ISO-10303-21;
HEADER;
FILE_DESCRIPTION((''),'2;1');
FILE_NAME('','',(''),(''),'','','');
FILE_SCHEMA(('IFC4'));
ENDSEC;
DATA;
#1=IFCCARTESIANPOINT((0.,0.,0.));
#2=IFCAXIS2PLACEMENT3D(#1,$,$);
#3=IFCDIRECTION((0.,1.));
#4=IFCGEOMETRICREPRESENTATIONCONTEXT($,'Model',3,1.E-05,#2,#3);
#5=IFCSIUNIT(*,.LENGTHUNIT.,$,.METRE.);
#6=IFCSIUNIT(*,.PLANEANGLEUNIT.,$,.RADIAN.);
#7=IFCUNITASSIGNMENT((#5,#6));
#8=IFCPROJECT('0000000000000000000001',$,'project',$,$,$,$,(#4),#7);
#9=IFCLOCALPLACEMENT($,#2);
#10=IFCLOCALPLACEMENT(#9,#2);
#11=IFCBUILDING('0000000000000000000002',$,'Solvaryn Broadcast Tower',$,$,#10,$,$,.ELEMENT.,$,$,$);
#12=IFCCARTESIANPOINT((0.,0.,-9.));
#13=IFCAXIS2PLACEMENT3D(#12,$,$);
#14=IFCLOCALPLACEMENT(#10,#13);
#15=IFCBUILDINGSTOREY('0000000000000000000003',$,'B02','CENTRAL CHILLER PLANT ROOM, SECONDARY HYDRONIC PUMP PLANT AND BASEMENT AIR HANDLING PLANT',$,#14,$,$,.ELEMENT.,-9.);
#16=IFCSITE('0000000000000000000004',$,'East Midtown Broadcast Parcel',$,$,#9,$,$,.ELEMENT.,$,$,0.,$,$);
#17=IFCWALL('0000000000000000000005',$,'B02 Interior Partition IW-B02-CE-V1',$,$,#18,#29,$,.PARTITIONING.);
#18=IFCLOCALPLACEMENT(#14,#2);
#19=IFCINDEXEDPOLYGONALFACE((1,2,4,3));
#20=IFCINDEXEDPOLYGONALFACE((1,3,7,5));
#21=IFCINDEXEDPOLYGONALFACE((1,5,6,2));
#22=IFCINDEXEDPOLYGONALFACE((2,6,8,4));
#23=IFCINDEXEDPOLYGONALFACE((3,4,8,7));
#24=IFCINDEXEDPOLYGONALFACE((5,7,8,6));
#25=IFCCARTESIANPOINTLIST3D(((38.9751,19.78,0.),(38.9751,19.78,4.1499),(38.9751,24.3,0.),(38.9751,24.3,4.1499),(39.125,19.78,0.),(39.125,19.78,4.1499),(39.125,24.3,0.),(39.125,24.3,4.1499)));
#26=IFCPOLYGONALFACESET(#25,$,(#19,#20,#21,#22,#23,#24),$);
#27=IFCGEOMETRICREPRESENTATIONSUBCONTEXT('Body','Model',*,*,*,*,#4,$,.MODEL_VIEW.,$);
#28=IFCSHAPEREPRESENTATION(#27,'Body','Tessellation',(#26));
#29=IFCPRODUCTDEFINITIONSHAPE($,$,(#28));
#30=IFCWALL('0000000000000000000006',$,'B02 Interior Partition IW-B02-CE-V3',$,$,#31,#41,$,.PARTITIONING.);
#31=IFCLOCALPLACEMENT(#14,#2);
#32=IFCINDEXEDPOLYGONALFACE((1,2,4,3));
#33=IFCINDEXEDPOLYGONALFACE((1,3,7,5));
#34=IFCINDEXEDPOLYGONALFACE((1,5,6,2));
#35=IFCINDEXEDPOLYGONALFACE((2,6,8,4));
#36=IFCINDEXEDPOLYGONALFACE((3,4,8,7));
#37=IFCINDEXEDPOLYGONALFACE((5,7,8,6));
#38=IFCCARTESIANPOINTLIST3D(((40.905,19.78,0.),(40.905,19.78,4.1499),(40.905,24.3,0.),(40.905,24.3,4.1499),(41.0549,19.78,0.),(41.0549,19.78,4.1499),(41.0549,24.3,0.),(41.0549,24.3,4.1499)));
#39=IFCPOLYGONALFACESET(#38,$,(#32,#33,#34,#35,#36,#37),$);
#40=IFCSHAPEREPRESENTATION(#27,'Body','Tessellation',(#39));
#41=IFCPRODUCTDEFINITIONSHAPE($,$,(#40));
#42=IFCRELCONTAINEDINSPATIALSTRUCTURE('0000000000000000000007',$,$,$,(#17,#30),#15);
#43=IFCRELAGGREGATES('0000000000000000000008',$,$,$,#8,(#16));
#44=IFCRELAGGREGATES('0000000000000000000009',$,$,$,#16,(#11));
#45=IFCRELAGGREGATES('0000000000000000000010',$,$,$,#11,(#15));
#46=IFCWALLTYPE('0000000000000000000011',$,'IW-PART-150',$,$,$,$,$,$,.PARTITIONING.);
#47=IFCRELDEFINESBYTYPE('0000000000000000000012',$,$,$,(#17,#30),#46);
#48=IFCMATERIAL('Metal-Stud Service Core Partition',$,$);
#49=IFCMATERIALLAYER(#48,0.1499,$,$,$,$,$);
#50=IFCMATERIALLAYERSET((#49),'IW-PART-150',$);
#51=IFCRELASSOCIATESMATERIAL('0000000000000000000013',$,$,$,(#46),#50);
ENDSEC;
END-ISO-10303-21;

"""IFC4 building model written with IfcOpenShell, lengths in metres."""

from ifc_helpers import new_model, si_unit, direction, frame, frame_2d, origin, place, context, subcontext, project, spatial, rectangle, extrude, material, layer, layer_set, type_object, element, save


model = new_model("IFC4")

# Units and contexts
model_context = context("Model", 3, precision=1e-05, world=origin(), true_north=direction((0.0, 1.0)))
body_context = subcontext(model_context, "Body", "Model", "MODEL_VIEW")
ifc_project = project(units=[si_unit("LENGTHUNIT", "METRE"), si_unit("PLANEANGLEUNIT", "RADIAN")], contexts=[model_context])

# Site, building, storey
site_placement = place(None, origin())
site = spatial("IfcSite", under=ifc_project, at=site_placement, Name="East Midtown Broadcast Parcel", CompositionType="ELEMENT", RefElevation=0.0)
building_placement = place(site_placement, origin())
building = spatial("IfcBuilding", under=site, at=building_placement, Name="Solvaryn Broadcast Tower", CompositionType="ELEMENT")
storey_placement = place(building_placement, frame((0.0, 0.0, -9.0)))
storey = spatial("IfcBuildingStorey", under=building, at=storey_placement, Name="B02", Description="CENTRAL CHILLER PLANT ROOM, SECONDARY HYDRONIC PUMP PLANT AND BASEMENT AIR HANDLING PLANT", CompositionType="ELEMENT", Elevation=-9.0)

# Walls
ifc_material_1 = material(Name="Metal-Stud Service Core Partition")
ifc_layer_1 = layer(ifc_material_1, 0.1499)
ifc_layer_set_1 = layer_set([ifc_layer_1], Name="IW-PART-150")
wall_type_1 = type_object("IfcWallType", Name="IW-PART-150", PredefinedType="PARTITIONING", material=ifc_layer_set_1)
for number, where, z_axis, x_axis, name in (
    (1, (39.05, 19.78, 0.0), (0.0, 0.0, 1.0), (0.0, 1.0, 0.0), "B02 Interior Partition IW-B02-CE-V1"),
    (2, (40.98, 19.78, 0.0), (0.0, 0.0, 1.0), (0.0, 1.0, 0.0), "B02 Interior Partition IW-B02-CE-V3"),
):
    element("IfcWall", number, at=place(storey_placement, frame(where, z_axis=z_axis, x_axis=x_axis)), inside=storey, type_object=wall_type_1, Name=name, PredefinedType="PARTITIONING", context=body_context, shape_type="SweptSolid", body=[
        extrude(rectangle(XDim=4.52, YDim=0.1499, at=frame_2d((2.26, 0.0))), origin(), (0.0, 0.0, 1.0), 4.1499),
    ])

save(model, "model.ifc")
